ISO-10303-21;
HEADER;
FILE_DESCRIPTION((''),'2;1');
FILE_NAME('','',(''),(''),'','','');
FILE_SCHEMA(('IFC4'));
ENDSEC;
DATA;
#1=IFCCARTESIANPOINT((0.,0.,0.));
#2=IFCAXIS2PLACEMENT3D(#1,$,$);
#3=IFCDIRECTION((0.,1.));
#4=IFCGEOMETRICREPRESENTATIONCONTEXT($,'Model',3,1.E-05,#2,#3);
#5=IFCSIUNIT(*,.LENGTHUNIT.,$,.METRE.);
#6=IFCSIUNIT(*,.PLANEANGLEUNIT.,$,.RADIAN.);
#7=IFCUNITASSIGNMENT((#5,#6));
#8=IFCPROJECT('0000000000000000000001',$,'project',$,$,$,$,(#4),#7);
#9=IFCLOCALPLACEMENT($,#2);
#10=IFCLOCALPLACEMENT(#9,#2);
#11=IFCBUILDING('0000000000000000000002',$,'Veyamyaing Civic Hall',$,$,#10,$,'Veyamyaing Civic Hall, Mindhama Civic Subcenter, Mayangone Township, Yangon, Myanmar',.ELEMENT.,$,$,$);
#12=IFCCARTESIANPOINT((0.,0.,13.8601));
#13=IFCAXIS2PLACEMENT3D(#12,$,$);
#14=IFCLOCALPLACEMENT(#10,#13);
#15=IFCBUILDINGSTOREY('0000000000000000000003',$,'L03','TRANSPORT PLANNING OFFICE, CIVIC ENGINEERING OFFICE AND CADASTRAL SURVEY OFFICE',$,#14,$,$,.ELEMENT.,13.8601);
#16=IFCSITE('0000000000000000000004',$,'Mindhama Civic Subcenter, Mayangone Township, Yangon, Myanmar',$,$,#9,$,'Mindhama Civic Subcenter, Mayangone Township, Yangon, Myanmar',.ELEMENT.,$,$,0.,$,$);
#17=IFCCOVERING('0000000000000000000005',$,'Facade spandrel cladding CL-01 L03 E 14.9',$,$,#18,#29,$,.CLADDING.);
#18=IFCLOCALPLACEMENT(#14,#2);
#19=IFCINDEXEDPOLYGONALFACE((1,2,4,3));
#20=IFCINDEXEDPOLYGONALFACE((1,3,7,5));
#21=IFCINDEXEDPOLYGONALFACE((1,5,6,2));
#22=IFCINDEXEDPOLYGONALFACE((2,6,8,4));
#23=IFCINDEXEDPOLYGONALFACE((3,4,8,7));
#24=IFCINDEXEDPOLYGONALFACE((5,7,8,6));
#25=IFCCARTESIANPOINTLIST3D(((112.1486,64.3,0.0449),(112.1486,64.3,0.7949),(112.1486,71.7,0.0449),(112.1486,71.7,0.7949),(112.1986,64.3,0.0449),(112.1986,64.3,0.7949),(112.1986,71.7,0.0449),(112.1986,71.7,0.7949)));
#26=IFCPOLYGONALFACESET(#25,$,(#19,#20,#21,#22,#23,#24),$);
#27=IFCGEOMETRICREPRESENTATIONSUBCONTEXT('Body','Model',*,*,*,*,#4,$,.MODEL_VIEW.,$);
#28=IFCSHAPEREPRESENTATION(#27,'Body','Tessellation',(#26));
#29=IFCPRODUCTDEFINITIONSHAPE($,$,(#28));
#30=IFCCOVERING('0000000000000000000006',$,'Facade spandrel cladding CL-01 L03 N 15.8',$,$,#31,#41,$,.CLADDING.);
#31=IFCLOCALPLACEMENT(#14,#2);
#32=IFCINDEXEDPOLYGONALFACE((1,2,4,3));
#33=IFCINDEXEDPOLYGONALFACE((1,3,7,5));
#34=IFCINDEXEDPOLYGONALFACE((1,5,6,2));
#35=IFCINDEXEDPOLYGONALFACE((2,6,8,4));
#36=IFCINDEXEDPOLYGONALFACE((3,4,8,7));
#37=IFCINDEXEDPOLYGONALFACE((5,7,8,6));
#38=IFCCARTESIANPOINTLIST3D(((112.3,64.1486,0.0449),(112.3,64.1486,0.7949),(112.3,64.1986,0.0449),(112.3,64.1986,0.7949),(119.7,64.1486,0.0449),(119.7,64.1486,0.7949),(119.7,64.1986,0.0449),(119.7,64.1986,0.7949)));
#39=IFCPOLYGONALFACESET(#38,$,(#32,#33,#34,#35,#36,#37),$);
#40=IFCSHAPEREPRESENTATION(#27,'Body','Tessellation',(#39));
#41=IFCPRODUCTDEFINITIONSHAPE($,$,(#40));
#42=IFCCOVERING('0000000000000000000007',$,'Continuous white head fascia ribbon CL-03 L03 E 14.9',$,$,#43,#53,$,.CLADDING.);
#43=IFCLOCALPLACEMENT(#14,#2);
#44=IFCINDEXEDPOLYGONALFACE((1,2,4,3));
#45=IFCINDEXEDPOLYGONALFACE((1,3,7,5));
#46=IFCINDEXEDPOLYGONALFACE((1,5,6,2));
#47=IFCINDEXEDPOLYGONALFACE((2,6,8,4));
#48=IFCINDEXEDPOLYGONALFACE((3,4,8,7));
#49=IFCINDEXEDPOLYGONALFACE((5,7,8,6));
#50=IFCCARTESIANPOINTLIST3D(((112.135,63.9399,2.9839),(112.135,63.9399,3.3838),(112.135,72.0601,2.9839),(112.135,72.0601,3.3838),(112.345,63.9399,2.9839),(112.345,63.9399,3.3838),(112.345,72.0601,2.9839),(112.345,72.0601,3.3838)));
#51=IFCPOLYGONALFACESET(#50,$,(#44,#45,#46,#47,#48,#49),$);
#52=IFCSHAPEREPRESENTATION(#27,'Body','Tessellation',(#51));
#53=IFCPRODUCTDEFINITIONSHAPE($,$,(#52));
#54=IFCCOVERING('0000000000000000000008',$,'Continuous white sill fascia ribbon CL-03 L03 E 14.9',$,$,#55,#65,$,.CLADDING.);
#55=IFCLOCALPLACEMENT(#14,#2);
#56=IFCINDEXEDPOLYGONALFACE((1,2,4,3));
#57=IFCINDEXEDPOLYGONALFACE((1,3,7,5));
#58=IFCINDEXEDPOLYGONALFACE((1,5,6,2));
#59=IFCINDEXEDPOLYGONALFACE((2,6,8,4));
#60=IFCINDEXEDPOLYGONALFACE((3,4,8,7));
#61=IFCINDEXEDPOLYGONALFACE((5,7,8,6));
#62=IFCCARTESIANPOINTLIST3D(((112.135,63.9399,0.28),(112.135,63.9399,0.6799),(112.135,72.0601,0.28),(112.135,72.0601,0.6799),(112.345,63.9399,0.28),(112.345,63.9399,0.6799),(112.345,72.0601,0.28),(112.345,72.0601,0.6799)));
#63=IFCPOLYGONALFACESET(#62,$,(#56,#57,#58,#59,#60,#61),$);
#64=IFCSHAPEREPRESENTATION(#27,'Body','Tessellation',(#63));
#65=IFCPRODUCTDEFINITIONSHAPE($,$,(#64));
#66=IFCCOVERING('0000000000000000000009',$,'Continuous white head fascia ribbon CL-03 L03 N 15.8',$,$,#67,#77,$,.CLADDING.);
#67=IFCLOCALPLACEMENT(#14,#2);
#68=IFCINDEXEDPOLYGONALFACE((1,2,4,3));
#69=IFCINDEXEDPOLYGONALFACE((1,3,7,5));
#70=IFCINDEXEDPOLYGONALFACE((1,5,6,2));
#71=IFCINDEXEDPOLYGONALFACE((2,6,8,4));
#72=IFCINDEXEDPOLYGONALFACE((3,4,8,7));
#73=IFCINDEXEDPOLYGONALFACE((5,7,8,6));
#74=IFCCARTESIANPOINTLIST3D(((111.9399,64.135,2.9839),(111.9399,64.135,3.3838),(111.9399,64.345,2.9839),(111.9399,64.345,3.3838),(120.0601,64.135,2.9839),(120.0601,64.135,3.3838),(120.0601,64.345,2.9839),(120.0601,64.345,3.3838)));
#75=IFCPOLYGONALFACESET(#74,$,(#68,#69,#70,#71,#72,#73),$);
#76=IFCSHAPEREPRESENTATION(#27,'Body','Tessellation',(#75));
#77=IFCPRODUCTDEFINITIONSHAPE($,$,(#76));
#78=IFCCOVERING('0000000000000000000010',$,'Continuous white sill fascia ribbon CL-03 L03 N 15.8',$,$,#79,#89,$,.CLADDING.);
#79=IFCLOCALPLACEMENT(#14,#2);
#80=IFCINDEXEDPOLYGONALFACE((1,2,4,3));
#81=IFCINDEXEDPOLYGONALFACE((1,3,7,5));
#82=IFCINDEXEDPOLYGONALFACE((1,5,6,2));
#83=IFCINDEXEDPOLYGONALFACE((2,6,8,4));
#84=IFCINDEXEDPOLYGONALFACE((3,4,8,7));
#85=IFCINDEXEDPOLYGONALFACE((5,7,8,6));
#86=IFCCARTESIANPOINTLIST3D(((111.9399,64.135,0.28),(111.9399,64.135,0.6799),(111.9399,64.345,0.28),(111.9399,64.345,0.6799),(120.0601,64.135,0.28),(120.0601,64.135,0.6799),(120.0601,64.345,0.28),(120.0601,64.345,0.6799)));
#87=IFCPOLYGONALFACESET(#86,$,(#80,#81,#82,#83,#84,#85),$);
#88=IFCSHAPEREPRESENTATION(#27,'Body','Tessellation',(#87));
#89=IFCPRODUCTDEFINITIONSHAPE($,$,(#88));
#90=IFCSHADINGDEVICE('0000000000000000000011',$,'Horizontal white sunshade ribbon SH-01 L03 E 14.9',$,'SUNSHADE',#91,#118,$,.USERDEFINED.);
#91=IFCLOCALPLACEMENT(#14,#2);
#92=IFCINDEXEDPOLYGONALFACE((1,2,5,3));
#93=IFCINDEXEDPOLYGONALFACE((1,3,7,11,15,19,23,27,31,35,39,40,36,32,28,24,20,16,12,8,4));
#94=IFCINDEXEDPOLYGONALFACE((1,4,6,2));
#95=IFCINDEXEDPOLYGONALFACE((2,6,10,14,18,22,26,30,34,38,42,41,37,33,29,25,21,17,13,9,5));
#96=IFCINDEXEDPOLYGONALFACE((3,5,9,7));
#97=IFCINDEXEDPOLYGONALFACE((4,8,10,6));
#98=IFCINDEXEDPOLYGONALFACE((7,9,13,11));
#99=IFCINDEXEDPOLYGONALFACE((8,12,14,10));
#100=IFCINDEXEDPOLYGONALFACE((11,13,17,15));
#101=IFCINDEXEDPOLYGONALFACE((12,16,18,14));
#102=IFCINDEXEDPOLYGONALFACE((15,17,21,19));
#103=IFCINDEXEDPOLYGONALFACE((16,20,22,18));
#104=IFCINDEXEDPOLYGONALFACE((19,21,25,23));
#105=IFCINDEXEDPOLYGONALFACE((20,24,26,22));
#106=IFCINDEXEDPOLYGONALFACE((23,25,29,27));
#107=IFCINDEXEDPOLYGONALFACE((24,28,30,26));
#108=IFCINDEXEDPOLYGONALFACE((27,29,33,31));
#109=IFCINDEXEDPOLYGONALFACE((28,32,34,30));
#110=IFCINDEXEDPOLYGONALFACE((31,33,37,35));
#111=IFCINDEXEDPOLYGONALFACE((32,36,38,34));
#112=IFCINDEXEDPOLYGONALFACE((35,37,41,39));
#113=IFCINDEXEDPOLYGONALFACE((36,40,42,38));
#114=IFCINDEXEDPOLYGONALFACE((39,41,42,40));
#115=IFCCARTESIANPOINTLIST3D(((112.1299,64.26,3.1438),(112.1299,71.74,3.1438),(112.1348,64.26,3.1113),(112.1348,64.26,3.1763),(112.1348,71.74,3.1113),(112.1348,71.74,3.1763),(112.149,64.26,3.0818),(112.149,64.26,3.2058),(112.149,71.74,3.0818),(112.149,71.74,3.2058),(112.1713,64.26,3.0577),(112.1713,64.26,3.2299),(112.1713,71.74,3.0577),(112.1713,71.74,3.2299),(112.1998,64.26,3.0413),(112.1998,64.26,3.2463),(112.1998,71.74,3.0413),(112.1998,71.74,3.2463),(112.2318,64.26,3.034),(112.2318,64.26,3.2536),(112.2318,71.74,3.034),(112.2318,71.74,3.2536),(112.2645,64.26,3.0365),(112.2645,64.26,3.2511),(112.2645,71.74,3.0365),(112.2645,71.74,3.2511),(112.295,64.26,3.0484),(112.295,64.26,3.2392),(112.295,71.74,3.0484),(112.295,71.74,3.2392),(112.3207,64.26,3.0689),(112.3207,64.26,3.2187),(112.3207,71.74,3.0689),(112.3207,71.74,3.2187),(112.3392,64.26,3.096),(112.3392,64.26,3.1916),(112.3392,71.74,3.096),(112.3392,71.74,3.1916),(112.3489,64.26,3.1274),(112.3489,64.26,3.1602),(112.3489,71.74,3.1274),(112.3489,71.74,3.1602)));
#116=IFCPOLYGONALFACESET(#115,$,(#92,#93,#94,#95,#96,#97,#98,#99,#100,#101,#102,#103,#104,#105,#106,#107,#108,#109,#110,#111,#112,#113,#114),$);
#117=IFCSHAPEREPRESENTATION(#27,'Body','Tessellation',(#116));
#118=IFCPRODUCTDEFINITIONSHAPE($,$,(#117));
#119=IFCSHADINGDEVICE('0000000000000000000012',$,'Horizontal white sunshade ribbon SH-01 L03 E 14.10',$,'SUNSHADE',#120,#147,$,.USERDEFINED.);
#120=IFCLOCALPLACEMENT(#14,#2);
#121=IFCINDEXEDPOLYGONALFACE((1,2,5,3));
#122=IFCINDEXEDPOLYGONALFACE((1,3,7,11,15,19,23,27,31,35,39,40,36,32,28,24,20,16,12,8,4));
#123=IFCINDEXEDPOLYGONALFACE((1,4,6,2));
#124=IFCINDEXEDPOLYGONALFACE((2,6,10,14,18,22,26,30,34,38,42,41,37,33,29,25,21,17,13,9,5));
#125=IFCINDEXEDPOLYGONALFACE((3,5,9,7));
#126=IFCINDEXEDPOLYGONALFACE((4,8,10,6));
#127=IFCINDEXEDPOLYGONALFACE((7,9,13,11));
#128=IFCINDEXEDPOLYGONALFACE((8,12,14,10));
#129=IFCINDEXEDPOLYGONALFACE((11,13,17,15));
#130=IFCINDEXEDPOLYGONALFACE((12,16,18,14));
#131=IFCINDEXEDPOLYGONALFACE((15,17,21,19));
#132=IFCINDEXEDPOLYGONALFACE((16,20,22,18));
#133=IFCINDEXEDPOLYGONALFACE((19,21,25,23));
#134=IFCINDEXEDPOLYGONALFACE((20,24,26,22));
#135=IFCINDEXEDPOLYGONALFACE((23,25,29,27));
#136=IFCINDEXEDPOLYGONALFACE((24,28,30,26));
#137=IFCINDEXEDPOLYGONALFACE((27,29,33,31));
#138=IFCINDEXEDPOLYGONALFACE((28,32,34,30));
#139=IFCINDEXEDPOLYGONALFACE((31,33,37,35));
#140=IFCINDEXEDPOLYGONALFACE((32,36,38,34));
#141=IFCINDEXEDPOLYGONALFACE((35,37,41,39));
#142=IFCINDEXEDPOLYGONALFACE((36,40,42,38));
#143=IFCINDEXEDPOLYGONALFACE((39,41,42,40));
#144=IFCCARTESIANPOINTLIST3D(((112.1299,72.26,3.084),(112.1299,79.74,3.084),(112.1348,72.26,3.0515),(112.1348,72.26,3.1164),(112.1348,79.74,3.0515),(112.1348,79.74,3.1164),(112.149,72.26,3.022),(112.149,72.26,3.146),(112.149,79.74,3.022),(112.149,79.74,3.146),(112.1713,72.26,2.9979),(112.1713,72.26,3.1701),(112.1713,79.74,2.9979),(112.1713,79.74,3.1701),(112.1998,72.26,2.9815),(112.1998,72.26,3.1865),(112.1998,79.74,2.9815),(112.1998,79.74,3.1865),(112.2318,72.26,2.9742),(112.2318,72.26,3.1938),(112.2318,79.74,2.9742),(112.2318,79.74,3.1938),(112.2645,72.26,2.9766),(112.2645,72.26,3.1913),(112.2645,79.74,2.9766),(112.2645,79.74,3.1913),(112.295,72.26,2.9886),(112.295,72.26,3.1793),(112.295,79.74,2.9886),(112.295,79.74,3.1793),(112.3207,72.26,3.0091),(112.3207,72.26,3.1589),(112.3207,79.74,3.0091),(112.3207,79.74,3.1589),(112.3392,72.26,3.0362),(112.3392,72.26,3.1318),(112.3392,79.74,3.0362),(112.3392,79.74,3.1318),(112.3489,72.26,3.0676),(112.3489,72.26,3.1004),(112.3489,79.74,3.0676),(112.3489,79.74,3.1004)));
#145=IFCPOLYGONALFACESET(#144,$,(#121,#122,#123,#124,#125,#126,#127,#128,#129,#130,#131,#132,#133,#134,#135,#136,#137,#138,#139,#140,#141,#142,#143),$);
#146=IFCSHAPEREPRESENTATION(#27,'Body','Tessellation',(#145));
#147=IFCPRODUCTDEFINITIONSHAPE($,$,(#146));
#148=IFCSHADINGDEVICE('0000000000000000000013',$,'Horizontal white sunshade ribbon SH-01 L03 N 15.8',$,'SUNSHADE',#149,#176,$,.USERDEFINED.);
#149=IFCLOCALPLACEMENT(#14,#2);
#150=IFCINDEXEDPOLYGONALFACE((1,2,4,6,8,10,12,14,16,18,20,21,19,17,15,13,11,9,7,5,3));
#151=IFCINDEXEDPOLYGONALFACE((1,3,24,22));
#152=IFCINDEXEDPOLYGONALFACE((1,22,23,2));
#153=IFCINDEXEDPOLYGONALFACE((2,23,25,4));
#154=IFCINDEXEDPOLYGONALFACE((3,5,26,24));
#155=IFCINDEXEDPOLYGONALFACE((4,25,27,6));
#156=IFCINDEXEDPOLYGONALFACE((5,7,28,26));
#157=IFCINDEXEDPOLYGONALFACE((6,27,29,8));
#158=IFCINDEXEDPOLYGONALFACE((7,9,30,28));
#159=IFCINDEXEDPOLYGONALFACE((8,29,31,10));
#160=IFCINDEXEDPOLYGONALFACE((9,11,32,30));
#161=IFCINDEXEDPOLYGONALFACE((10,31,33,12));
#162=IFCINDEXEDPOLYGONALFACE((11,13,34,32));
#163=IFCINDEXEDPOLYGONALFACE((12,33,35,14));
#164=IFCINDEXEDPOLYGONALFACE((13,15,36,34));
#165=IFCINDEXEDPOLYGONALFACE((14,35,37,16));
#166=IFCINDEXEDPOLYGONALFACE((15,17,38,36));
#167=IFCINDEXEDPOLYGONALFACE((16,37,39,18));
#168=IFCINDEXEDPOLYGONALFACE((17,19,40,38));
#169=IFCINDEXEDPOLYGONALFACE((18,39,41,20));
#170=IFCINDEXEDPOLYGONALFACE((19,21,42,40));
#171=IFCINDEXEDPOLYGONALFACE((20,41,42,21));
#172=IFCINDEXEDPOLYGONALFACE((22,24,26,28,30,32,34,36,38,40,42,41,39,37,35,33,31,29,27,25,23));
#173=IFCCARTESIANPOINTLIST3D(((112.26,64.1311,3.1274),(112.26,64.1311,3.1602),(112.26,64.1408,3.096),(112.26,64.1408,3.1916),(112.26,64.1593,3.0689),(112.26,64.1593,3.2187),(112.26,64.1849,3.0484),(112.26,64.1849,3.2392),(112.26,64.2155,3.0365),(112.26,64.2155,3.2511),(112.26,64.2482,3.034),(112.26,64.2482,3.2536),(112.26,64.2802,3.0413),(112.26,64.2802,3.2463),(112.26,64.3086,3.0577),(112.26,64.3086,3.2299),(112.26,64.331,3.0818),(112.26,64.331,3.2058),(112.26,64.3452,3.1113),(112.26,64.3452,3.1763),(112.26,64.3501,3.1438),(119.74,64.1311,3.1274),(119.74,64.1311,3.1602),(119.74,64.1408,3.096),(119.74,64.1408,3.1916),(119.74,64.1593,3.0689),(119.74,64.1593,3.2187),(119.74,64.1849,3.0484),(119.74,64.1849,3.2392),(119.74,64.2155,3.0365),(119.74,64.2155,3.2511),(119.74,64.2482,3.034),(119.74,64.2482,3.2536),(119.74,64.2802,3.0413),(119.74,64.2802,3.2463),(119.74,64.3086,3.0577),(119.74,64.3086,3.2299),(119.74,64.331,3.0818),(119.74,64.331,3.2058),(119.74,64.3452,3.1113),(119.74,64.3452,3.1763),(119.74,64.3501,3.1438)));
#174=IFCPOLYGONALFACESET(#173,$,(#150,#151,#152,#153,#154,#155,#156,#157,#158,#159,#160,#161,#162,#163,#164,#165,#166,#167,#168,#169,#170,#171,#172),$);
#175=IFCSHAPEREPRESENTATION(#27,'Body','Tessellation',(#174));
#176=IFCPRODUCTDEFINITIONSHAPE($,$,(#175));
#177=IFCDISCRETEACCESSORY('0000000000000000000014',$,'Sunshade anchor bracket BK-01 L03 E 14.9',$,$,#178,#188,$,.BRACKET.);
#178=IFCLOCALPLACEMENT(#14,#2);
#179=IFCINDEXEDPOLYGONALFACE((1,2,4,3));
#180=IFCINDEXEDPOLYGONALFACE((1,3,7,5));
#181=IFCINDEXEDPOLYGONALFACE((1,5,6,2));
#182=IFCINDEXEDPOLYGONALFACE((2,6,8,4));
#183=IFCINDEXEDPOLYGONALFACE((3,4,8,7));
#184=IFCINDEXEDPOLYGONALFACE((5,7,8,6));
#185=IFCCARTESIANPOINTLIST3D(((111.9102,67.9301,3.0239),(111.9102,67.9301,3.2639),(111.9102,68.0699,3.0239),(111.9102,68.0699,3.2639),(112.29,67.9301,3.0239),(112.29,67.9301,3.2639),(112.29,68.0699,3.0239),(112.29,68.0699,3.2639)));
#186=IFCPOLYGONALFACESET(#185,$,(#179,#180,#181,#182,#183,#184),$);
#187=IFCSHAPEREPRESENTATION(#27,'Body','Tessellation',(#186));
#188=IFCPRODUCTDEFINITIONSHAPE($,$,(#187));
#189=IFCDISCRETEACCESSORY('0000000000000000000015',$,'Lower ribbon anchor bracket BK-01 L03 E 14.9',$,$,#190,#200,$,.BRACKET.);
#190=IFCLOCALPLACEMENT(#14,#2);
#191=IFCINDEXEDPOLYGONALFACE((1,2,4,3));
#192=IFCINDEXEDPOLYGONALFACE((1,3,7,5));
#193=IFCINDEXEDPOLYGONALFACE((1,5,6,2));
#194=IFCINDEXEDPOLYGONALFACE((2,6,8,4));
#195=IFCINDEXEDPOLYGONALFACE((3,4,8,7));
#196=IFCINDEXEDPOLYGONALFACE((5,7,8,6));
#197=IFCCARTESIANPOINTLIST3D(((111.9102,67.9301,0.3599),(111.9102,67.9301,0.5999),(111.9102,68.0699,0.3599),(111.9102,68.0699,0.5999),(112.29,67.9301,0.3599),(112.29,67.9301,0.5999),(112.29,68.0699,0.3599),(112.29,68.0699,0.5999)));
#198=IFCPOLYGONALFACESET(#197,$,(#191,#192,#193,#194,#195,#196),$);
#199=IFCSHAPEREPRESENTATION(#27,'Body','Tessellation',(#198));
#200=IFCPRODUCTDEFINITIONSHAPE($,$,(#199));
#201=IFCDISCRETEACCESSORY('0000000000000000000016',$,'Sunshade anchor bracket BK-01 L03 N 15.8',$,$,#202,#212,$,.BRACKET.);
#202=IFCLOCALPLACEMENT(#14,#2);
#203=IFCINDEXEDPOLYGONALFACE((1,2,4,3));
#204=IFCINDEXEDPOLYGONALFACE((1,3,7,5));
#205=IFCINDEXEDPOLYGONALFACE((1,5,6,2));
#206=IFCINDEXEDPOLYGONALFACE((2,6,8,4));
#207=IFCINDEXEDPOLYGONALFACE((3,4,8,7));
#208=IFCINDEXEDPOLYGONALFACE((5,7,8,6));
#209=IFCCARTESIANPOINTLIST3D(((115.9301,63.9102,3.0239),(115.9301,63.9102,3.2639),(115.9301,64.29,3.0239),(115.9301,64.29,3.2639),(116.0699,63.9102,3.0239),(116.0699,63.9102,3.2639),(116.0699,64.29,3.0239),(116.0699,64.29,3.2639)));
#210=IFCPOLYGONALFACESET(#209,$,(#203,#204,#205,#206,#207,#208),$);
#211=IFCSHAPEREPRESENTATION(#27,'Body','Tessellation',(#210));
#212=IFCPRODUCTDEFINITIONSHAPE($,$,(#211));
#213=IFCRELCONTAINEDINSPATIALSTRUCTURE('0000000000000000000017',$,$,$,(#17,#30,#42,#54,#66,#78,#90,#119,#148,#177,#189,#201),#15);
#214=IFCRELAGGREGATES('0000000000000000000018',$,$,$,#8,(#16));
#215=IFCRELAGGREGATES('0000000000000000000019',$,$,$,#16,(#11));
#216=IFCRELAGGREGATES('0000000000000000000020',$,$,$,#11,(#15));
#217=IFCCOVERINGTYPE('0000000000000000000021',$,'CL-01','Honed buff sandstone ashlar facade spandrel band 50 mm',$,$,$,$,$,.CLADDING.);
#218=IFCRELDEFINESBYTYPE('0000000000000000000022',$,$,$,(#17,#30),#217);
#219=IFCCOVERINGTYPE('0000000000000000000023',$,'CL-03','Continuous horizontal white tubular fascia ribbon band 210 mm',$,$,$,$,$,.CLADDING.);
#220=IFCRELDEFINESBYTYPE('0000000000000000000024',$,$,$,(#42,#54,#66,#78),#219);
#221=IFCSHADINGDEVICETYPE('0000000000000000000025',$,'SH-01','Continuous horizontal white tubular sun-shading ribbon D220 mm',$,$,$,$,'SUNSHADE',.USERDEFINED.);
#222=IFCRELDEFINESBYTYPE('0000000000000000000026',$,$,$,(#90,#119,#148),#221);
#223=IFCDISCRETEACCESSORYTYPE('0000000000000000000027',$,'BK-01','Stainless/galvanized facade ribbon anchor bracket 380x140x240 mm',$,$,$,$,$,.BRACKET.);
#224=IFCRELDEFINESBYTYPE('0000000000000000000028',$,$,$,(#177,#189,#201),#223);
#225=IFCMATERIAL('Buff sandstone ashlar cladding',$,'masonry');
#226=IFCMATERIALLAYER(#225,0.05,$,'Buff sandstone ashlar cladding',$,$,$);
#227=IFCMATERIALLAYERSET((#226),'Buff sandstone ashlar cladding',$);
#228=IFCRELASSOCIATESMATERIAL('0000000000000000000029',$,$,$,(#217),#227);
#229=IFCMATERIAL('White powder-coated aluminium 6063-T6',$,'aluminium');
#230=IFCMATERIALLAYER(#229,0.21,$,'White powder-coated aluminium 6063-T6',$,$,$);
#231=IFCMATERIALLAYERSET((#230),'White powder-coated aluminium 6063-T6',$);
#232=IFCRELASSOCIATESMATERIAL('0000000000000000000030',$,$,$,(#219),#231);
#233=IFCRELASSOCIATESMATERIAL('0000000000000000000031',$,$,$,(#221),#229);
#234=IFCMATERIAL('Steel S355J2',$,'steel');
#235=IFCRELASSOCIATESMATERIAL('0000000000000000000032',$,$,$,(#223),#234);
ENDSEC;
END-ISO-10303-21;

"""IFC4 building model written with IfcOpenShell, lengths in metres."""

from ifc_helpers import new_model, si_unit, direction, frame, origin, origin_2d, place, context, subcontext, project, spatial, rectangle, circle, extrude, material, layer, layer_set, material_profile, profile_set, type_object, element, save


model = new_model("IFC4")

# Units and contexts
model_context = context("Model", 3, precision=1e-05, world=origin(), true_north=direction((0.0, 1.0)))
body_context = subcontext(model_context, "Body", "Model", "MODEL_VIEW")
ifc_project = project(units=[si_unit("LENGTHUNIT", "METRE"), si_unit("PLANEANGLEUNIT", "RADIAN")], contexts=[model_context])

# Site, building, storey
site_placement = place(None, origin())
site = spatial("IfcSite", under=ifc_project, at=site_placement, Name="Mindhama Civic Subcenter, Mayangone Township, Yangon, Myanmar", LongName="Mindhama Civic Subcenter, Mayangone Township, Yangon, Myanmar", CompositionType="ELEMENT", RefElevation=0.0)
building_placement = place(site_placement, origin())
building = spatial("IfcBuilding", under=site, at=building_placement, Name="Veyamyaing Civic Hall", LongName="Veyamyaing Civic Hall, Mindhama Civic Subcenter, Mayangone Township, Yangon, Myanmar", CompositionType="ELEMENT")
storey_placement = place(building_placement, frame((0.0, 0.0, 13.8601)))
storey = spatial("IfcBuildingStorey", under=building, at=storey_placement, Name="L03", Description="TRANSPORT PLANNING OFFICE, CIVIC ENGINEERING OFFICE AND CADASTRAL SURVEY OFFICE", CompositionType="ELEMENT", Elevation=13.8601)

# Coverings
ifc_material_1 = material(Name="Buff sandstone ashlar cladding", Category="masonry")
ifc_layer_1 = layer(ifc_material_1, 0.05, Name="Buff sandstone ashlar cladding")
ifc_layer_set_1 = layer_set([ifc_layer_1], Name="Buff sandstone ashlar cladding")
covering_type_1 = type_object("IfcCoveringType", Name="CL-01", Description="Honed buff sandstone ashlar facade spandrel band 50 mm", PredefinedType="CLADDING", material=ifc_layer_set_1)
for number, where, z_axis, x_axis, name in (
    (1, (112.1736, 68.0, 0.0449), (0.0, 0.0, 1.0), (0.0, 1.0, 0.0), "Facade spandrel cladding CL-01 L03 E 14.9"),
    (2, (116.0, 64.1736, 0.0449), (0.0, 0.0, 1.0), (1.0, 0.0, 0.0), "Facade spandrel cladding CL-01 L03 N 15.8"),
):
    element("IfcCovering", number, at=place(storey_placement, frame(where, z_axis=z_axis, x_axis=x_axis)), inside=storey, type_object=covering_type_1, Name=name, PredefinedType="CLADDING", context=body_context, shape_type="SweptSolid", body=[
        extrude(rectangle(XDim=7.3999, YDim=0.05, at=origin_2d()), origin(), (0.0, 0.0, 1.0), 0.75),
    ])
ifc_material_2 = material(Name="White powder-coated aluminium 6063-T6", Category="aluminium")
ifc_layer_2 = layer(ifc_material_2, 0.21, Name="White powder-coated aluminium 6063-T6")
ifc_layer_set_2 = layer_set([ifc_layer_2], Name="White powder-coated aluminium 6063-T6")
covering_type_2 = type_object("IfcCoveringType", Name="CL-03", Description="Continuous horizontal white tubular fascia ribbon band 210 mm", PredefinedType="CLADDING", material=ifc_layer_set_2)
for number, where, z_axis, x_axis, name in (
    (3, (112.24, 68.0, 2.9839), (0.0, 0.0, 1.0), (0.0, 1.0, 0.0), "Continuous white head fascia ribbon CL-03 L03 E 14.9"),
    (4, (112.24, 68.0, 0.28), (0.0, 0.0, 1.0), (0.0, 1.0, 0.0), "Continuous white sill fascia ribbon CL-03 L03 E 14.9"),
    (5, (116.0, 64.24, 2.9839), (0.0, 0.0, 1.0), (1.0, 0.0, 0.0), "Continuous white head fascia ribbon CL-03 L03 N 15.8"),
    (6, (116.0, 64.24, 0.28), (0.0, 0.0, 1.0), (1.0, 0.0, 0.0), "Continuous white sill fascia ribbon CL-03 L03 N 15.8"),
):
    element("IfcCovering", number, at=place(storey_placement, frame(where, z_axis=z_axis, x_axis=x_axis)), inside=storey, type_object=covering_type_2, Name=name, PredefinedType="CLADDING", context=body_context, shape_type="SweptSolid", body=[
        extrude(rectangle(XDim=8.1201, YDim=0.21, at=origin_2d()), origin(), (0.0, 0.0, 1.0), 0.3999),
    ])

# Shading devices
ifc_material_profile_1 = material_profile(ifc_material_2, circle(Radius=0.1101, at=origin_2d()), Name="SHADE-TUBE-220")
ifc_profile_set_1 = profile_set([ifc_material_profile_1], Name="White powder-coated aluminium 6063-T6")
shading_device_type = type_object("IfcShadingDeviceType", Name="SH-01", Description="Continuous horizontal white tubular sun-shading ribbon D220 mm", ElementType="SUNSHADE", PredefinedType="USERDEFINED", material=ifc_profile_set_1)
for number, where, z_axis, x_axis, name in (
    (7, (112.24, 64.26, 3.1438), (0.0, 1.0, 0.0), (-1.0, 0.0, 0.0), "Horizontal white sunshade ribbon SH-01 L03 E 14.9"),
    (8, (112.24, 72.26, 3.084), (0.0, 1.0, 0.0), (-1.0, 0.0, 0.0), "Horizontal white sunshade ribbon SH-01 L03 E 14.10"),
    (9, (112.26, 64.24, 3.1438), (1.0, 0.0, 0.0), (0.0, 1.0, 0.0), "Horizontal white sunshade ribbon SH-01 L03 N 15.8"),
):
    element("IfcShadingDevice", number, at=place(storey_placement, frame(where, z_axis=z_axis, x_axis=x_axis)), inside=storey, type_object=shading_device_type, Name=name, ObjectType="SUNSHADE", PredefinedType="USERDEFINED", context=body_context, shape_type="SweptSolid", body=[
        extrude(circle(Radius=0.1101, at=origin_2d()), origin(), (0.0, 0.0, 1.0), 7.48),
    ])

# Discrete accessories
ifc_material_3 = material(Name="Steel S355J2", Category="steel")
discrete_accessory_type = type_object("IfcDiscreteAccessoryType", Name="BK-01", Description="Stainless/galvanized facade ribbon anchor bracket 380x140x240 mm", PredefinedType="BRACKET", material=ifc_material_3)
for number, where, z_axis, x_axis, name in (
    (10, (112.1001, 68.0, 3.0239), (0.0, 0.0, 1.0), (1.0, 0.0, 0.0), "Sunshade anchor bracket BK-01 L03 E 14.9"),
    (11, (112.1001, 68.0, 0.3599), (0.0, 0.0, 1.0), (1.0, 0.0, 0.0), "Lower ribbon anchor bracket BK-01 L03 E 14.9"),
    (12, (116.0, 64.1001, 3.0239), (0.0, 0.0, 1.0), (0.0, 1.0, 0.0), "Sunshade anchor bracket BK-01 L03 N 15.8"),
):
    element("IfcDiscreteAccessory", number, at=place(storey_placement, frame(where, z_axis=z_axis, x_axis=x_axis)), inside=storey, type_object=discrete_accessory_type, Name=name, PredefinedType="BRACKET", context=body_context, shape_type="SweptSolid", body=[
        extrude(rectangle(XDim=0.3799, YDim=0.1399, at=origin_2d()), origin(), (0.0, 0.0, 1.0), 0.24),
    ])

save(model, "model.ifc")
